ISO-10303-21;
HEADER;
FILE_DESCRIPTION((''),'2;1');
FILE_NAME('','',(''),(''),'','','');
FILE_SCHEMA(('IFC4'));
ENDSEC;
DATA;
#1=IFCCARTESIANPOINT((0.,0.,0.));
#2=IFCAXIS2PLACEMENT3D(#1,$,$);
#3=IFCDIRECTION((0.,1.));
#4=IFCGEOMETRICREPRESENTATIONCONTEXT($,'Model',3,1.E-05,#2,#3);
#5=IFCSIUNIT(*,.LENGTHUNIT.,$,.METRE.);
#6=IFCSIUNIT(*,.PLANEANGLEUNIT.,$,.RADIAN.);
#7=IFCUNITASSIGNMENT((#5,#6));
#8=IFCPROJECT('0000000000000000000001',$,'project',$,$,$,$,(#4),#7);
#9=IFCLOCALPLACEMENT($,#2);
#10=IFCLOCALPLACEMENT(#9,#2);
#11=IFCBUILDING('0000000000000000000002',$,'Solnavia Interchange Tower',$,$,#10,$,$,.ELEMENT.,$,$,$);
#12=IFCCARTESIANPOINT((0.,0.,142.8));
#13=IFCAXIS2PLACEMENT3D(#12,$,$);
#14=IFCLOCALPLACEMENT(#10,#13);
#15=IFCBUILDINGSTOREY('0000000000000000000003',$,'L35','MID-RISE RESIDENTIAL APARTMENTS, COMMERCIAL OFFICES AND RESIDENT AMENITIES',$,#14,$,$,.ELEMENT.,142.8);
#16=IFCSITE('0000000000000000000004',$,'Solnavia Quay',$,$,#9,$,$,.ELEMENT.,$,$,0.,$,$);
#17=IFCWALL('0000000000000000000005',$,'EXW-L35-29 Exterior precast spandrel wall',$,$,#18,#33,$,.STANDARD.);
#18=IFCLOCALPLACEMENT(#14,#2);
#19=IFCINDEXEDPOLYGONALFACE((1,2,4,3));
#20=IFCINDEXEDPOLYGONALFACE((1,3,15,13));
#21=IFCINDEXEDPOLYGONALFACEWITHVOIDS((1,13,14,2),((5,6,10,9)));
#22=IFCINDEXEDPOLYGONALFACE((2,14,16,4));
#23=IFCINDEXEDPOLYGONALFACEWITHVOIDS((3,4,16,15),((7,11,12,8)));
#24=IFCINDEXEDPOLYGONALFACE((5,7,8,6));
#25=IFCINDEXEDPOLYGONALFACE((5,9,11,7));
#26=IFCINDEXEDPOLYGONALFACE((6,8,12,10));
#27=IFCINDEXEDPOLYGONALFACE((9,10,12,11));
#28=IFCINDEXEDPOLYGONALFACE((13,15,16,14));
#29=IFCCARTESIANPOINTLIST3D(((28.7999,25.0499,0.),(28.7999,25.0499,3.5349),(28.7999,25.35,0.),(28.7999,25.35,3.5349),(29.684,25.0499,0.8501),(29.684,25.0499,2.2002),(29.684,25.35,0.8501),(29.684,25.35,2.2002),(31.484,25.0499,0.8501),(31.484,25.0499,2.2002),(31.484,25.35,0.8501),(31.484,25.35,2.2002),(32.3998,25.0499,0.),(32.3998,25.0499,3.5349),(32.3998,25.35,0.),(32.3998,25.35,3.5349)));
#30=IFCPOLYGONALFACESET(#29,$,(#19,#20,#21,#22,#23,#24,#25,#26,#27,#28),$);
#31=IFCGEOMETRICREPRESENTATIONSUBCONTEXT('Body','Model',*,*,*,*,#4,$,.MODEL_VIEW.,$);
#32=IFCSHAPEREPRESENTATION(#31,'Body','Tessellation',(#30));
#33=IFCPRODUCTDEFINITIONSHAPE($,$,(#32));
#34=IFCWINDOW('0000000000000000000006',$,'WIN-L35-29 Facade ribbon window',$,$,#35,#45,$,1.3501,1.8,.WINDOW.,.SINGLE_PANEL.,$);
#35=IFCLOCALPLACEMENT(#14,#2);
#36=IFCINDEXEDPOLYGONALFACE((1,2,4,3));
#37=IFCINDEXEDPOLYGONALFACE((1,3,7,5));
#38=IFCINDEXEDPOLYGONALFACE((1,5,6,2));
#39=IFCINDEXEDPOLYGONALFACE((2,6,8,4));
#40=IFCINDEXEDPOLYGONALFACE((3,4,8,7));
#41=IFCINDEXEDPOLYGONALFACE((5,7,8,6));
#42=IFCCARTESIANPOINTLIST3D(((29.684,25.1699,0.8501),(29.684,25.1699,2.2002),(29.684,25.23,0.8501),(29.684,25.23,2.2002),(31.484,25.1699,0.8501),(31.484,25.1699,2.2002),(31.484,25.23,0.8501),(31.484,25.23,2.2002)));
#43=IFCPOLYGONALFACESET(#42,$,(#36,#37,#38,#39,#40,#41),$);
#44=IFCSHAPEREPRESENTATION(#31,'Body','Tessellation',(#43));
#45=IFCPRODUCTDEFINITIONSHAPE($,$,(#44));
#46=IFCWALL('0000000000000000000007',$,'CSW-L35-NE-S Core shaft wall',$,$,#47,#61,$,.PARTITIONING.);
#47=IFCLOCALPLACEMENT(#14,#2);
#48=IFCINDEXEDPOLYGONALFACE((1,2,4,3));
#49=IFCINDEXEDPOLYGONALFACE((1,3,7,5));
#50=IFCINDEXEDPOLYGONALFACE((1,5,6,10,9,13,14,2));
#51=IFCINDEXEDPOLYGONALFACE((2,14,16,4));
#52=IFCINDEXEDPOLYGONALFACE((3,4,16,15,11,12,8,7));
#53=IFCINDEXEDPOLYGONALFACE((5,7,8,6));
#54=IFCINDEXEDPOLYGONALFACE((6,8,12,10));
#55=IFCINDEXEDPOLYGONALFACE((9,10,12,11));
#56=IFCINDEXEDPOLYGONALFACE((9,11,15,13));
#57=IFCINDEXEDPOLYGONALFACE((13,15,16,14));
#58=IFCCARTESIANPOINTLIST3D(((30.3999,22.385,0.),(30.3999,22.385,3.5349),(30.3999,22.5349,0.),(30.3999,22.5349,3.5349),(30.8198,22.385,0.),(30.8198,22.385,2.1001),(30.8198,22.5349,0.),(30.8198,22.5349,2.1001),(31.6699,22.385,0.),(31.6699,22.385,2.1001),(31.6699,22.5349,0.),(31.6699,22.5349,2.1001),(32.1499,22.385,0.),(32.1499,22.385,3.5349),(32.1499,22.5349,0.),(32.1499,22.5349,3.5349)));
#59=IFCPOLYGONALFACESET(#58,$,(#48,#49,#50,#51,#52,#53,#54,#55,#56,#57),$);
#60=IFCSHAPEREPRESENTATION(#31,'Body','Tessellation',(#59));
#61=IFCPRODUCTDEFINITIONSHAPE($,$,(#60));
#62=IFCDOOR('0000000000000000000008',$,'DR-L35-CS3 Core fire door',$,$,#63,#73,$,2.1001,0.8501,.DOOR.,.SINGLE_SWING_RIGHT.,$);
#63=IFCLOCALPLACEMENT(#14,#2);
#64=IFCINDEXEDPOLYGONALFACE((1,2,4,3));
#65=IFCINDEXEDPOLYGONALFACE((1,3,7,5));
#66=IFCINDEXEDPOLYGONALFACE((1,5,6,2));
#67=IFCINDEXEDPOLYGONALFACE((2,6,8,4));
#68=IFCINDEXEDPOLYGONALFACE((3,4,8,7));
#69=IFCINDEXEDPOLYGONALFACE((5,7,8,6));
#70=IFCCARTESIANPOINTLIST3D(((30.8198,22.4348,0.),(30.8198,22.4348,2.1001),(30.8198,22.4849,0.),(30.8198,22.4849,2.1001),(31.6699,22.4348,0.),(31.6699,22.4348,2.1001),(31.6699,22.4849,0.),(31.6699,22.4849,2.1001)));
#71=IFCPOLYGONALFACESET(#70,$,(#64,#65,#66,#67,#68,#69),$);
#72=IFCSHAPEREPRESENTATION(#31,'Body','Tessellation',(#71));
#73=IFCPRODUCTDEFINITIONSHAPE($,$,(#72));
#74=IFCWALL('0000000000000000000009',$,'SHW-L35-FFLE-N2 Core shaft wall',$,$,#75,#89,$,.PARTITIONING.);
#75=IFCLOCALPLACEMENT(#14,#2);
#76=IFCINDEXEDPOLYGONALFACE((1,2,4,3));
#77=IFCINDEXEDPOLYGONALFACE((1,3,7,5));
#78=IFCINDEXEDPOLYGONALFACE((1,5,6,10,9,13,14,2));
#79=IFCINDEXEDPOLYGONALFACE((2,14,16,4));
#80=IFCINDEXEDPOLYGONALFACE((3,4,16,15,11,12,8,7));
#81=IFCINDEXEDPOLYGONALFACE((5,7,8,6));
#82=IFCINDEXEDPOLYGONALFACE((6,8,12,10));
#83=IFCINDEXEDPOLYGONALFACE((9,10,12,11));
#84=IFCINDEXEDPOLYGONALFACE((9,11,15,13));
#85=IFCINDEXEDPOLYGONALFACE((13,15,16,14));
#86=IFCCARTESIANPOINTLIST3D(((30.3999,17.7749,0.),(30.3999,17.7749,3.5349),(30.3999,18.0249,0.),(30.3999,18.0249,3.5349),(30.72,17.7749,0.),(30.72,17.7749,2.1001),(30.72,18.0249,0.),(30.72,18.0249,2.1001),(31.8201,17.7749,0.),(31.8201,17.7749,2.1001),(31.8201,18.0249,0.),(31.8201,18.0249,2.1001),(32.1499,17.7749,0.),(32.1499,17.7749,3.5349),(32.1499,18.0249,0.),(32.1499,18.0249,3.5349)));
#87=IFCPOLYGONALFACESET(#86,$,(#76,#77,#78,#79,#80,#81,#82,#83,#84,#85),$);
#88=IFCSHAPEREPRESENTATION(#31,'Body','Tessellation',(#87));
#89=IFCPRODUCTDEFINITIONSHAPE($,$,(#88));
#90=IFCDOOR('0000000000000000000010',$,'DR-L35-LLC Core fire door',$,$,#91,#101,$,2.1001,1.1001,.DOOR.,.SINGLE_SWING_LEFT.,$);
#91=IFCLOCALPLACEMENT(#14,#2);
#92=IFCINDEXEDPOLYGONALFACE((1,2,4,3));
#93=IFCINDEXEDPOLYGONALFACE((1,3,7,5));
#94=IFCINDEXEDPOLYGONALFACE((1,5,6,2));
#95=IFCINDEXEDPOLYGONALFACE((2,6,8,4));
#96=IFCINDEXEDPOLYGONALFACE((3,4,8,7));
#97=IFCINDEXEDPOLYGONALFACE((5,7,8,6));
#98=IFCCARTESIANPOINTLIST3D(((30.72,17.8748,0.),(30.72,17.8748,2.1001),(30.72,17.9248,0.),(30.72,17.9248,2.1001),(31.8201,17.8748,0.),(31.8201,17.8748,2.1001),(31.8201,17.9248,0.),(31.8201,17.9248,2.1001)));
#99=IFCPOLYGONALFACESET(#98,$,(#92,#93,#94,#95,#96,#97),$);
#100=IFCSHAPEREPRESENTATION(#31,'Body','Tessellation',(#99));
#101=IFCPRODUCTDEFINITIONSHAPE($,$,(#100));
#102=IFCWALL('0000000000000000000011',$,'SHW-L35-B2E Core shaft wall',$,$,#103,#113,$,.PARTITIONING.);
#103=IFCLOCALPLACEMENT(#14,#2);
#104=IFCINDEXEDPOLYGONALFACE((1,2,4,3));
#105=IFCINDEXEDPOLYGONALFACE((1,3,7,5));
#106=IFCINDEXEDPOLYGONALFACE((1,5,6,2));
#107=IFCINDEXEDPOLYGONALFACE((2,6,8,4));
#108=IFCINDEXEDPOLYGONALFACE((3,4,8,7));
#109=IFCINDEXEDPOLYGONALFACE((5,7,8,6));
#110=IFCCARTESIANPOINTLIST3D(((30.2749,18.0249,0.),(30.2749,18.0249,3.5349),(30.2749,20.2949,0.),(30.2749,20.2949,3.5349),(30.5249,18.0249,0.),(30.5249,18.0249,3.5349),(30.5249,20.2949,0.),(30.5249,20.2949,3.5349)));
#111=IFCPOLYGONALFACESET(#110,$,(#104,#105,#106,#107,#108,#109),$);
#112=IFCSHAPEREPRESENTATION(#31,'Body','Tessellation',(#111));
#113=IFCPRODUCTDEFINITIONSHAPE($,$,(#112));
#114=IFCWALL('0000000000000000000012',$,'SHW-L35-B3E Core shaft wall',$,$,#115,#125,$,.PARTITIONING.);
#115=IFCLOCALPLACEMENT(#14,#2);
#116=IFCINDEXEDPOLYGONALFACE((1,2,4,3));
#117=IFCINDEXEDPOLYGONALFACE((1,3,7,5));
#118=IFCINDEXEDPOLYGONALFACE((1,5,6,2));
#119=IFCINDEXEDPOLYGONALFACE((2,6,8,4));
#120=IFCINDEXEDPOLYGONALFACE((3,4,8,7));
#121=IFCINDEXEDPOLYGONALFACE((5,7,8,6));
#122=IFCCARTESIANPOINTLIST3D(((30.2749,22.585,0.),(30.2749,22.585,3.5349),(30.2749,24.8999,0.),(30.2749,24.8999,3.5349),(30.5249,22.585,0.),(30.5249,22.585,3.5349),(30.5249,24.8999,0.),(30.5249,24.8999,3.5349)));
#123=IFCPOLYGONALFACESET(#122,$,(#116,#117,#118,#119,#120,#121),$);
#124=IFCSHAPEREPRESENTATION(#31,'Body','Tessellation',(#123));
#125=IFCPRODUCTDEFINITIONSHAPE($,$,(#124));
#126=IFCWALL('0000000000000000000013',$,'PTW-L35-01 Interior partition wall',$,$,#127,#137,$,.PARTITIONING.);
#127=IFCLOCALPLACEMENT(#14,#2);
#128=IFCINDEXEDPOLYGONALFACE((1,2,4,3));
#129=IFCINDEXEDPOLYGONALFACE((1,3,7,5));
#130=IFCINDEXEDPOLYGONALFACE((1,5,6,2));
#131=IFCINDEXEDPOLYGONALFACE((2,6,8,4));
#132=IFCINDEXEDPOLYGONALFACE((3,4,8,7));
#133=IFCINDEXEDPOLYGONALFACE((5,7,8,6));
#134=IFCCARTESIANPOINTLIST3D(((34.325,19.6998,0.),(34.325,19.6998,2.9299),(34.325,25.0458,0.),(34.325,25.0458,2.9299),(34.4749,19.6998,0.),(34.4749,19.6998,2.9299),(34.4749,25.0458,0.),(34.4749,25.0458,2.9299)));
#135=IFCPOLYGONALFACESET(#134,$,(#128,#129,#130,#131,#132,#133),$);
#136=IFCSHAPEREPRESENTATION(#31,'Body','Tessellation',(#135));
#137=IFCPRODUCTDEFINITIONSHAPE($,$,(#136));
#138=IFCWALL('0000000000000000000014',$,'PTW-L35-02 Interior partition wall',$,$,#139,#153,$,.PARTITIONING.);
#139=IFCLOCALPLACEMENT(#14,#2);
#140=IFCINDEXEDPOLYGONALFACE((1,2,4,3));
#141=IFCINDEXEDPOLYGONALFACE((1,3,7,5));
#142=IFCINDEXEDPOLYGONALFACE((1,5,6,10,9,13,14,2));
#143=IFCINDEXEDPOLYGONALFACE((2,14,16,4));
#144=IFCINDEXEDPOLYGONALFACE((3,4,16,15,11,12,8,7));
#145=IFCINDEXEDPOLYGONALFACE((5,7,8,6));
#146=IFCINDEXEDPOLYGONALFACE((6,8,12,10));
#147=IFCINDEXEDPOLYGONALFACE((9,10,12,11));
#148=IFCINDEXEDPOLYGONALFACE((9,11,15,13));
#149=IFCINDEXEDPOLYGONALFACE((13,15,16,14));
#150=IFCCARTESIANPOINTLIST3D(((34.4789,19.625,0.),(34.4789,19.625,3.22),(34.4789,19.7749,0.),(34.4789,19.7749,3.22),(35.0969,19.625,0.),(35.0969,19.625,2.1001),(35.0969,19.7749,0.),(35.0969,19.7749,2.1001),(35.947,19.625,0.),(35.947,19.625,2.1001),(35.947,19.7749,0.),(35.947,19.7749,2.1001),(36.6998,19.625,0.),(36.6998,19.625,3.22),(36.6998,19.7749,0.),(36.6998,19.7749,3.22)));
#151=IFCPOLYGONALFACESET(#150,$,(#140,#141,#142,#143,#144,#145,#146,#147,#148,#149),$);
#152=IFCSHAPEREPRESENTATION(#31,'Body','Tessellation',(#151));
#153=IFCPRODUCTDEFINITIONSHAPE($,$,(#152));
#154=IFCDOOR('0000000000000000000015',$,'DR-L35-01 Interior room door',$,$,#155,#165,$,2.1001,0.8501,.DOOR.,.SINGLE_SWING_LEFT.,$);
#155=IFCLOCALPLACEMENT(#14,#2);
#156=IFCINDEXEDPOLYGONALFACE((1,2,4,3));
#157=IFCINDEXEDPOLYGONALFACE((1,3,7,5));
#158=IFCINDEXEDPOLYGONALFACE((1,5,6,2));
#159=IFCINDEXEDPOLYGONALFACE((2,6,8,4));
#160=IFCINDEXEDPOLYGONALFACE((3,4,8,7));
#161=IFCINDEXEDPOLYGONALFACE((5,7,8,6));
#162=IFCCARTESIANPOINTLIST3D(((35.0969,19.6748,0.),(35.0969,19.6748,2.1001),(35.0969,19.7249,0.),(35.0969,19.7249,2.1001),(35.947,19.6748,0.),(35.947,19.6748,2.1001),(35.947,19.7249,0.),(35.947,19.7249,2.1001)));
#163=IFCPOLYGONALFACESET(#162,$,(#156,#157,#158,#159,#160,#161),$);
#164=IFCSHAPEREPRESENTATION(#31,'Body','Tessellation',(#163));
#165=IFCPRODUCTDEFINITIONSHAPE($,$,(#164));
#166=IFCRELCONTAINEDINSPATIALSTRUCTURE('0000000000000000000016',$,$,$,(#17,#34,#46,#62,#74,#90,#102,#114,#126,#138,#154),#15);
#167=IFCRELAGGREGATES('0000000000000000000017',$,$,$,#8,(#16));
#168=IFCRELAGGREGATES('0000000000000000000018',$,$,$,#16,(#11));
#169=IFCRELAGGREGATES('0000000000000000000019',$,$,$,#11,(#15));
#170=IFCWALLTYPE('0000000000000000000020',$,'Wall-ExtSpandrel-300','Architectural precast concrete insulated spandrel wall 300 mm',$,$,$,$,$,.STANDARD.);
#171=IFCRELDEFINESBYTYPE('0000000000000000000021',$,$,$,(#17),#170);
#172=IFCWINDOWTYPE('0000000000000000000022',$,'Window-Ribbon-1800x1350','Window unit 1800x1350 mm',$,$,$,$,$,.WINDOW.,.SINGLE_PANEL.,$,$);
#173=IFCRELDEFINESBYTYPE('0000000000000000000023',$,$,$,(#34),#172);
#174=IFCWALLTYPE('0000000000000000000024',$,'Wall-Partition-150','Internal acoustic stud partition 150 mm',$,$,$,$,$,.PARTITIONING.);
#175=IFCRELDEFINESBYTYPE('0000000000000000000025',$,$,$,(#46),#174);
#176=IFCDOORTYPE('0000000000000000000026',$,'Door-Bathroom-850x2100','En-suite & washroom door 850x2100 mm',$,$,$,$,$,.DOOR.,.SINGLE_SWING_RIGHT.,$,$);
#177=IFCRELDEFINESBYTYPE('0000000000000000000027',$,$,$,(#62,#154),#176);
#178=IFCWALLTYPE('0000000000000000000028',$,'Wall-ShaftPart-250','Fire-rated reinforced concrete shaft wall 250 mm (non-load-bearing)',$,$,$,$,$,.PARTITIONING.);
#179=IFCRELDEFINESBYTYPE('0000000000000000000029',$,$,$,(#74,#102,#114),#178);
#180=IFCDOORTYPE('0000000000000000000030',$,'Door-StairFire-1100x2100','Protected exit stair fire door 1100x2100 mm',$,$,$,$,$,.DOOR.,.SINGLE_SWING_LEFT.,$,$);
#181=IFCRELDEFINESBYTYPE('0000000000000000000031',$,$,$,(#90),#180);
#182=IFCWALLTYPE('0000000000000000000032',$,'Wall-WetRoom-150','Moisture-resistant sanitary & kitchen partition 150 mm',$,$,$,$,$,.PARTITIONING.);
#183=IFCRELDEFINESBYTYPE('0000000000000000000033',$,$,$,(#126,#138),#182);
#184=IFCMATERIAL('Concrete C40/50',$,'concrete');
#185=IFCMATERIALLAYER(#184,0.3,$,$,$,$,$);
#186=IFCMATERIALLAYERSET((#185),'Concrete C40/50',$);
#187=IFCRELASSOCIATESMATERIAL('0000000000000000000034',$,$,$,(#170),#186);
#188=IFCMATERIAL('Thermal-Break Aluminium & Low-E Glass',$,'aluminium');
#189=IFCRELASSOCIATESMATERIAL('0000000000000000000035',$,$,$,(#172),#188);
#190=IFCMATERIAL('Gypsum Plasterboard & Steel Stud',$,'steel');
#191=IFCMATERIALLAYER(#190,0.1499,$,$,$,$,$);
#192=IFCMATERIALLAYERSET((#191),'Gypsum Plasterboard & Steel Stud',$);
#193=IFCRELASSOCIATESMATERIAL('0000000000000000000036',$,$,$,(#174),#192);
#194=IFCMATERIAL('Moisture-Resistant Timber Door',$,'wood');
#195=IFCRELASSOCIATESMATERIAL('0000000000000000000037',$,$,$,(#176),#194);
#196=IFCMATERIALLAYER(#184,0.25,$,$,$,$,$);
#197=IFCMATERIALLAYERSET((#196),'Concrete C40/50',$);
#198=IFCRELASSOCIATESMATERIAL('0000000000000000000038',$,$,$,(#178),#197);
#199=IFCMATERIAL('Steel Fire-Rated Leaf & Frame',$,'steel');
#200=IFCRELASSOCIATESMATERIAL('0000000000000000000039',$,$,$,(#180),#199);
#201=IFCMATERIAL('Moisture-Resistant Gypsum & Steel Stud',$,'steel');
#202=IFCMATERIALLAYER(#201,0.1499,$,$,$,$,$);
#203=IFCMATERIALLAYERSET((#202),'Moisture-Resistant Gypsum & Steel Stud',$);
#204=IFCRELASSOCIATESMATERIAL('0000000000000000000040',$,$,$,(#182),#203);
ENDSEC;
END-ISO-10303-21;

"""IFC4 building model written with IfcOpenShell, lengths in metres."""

from ifc_helpers import new_model, si_unit, direction, frame, frame_2d, origin, place, context, subcontext, project, spatial, rectangle, extrude, material, layer, layer_set, type_object, element, fill, save


model = new_model("IFC4")

# Units and contexts
model_context = context("Model", 3, precision=1e-05, world=origin(), true_north=direction((0.0, 1.0)))
body_context = subcontext(model_context, "Body", "Model", "MODEL_VIEW")
ifc_project = project(units=[si_unit("LENGTHUNIT", "METRE"), si_unit("PLANEANGLEUNIT", "RADIAN")], contexts=[model_context])

# Site, building, storey
site_placement = place(None, origin())
site = spatial("IfcSite", under=ifc_project, at=site_placement, Name="Solnavia Quay", CompositionType="ELEMENT", RefElevation=0.0)
building_placement = place(site_placement, origin())
building = spatial("IfcBuilding", under=site, at=building_placement, Name="Solnavia Interchange Tower", CompositionType="ELEMENT")
storey_placement = place(building_placement, frame((0.0, 0.0, 142.8)))
storey = spatial("IfcBuildingStorey", under=building, at=storey_placement, Name="L35", Description="MID-RISE RESIDENTIAL APARTMENTS, COMMERCIAL OFFICES AND RESIDENT AMENITIES", CompositionType="ELEMENT", Elevation=142.8)

# Shared definitions
ifc_material_1 = material(Name="Concrete C40/50", Category="concrete")
ifc_layer_1 = layer(ifc_material_1, 0.3)
ifc_layer_set_1 = layer_set([ifc_layer_1], Name="Concrete C40/50")
wall_type_1 = type_object("IfcWallType", Name="Wall-ExtSpandrel-300", Description="Architectural precast concrete insulated spandrel wall 300 mm", PredefinedType="STANDARD", material=ifc_layer_set_1)
ifc_material_2 = material(Name="Thermal-Break Aluminium & Low-E Glass", Category="aluminium")
window_type = type_object("IfcWindowType", Name="Window-Ribbon-1800x1350", Description="Window unit 1800x1350 mm", PartitioningType="SINGLE_PANEL", PredefinedType="WINDOW", material=ifc_material_2)

# Wall, opening, window
wall_1_placement = place(storey_placement, frame((28.8, 25.2, 0.0), z_axis=(0.0, 0.0, 1.0), x_axis=(1.0, 0.0, 0.0)))
wall_1 = element("IfcWall", 1, at=wall_1_placement, inside=storey, type_object=wall_type_1, Name="EXW-L35-29 Exterior precast spandrel wall", PredefinedType="STANDARD", context=body_context, shape_type="SweptSolid", body=[
    extrude(rectangle(XDim=3.5999, YDim=0.3, at=frame_2d((1.7998, 0.0))), origin(), (0.0, 0.0, 1.0), 3.5349),
])
opening_1_placement = place(wall_1_placement, frame((0.884, 0.0, 0.8501)))
opening_1 = element("IfcOpeningElement", 2, at=opening_1_placement, cuts=wall_1, PredefinedType="OPENING", context=body_context, shape_type="SweptSolid", body=[
    extrude(rectangle(XDim=1.8, YDim=1.3501, at=frame_2d((0.8999, 0.675))), frame((0.0, 0.1602, 0.0), z_axis=(0.0, -1.0, 0.0), x_axis=(1.0, 0.0, 0.0)), (0.0, 0.0, 1.0), 0.3201),
])
window_1_placement = place(opening_1_placement, origin())
window_1 = element("IfcWindow", 3, at=window_1_placement, inside=storey, type_object=window_type, Name="WIN-L35-29 Facade ribbon window", OverallHeight=1.3501, OverallWidth=1.8, PartitioningType="SINGLE_PANEL", PredefinedType="WINDOW", context=body_context, shape_type="SweptSolid", body=[
    extrude(rectangle(XDim=1.8, YDim=1.3501, at=frame_2d((0.8999, 0.675))), frame((0.0, 0.03, 0.0), z_axis=(0.0, -1.0, 0.0), x_axis=(1.0, 0.0, 0.0)), (0.0, 0.0, 1.0), 0.0601),
])
fill(opening_1, window_1)

# Walls, openings, doors
ifc_material_3 = material(Name="Gypsum Plasterboard & Steel Stud", Category="steel")
ifc_layer_2 = layer(ifc_material_3, 0.1499)
ifc_layer_set_2 = layer_set([ifc_layer_2], Name="Gypsum Plasterboard & Steel Stud")
wall_type_2 = type_object("IfcWallType", Name="Wall-Partition-150", Description="Internal acoustic stud partition 150 mm", PredefinedType="PARTITIONING", material=ifc_layer_set_2)
wall_2_placement = place(storey_placement, frame((30.3999, 22.46, 0.0), z_axis=(0.0, 0.0, 1.0), x_axis=(1.0, 0.0, 0.0)))
wall_2 = element("IfcWall", 4, at=wall_2_placement, inside=storey, type_object=wall_type_2, Name="CSW-L35-NE-S Core shaft wall", PredefinedType="PARTITIONING", context=body_context, shape_type="SweptSolid", body=[
    extrude(rectangle(XDim=1.75, YDim=0.1499, at=frame_2d((0.875, 0.0))), origin(), (0.0, 0.0, 1.0), 3.5349),
])
opening_2_placement = place(wall_2_placement, frame((0.4199, 0.0, 0.0)))
opening_2 = element("IfcOpeningElement", 5, at=opening_2_placement, cuts=wall_2, PredefinedType="OPENING", context=body_context, shape_type="SweptSolid", body=[
    extrude(rectangle(XDim=0.8501, YDim=2.1001, at=frame_2d((0.425, 1.05))), frame((0.0, 0.085, 0.0), z_axis=(0.0, -1.0, 0.0), x_axis=(1.0, 0.0, 0.0)), (0.0, 0.0, 1.0), 0.1699),
])
ifc_material_4 = material(Name="Moisture-Resistant Timber Door", Category="wood")
door_type_1 = type_object("IfcDoorType", Name="Door-Bathroom-850x2100", Description="En-suite & washroom door 850x2100 mm", OperationType="SINGLE_SWING_RIGHT", PredefinedType="DOOR", material=ifc_material_4)
door_1_placement = place(opening_2_placement, origin())
door_1 = element("IfcDoor", 6, at=door_1_placement, inside=storey, type_object=door_type_1, Name="DR-L35-CS3 Core fire door", OperationType="SINGLE_SWING_RIGHT", OverallHeight=2.1001, OverallWidth=0.8501, PredefinedType="DOOR", context=body_context, shape_type="SweptSolid", body=[
    extrude(rectangle(XDim=0.8501, YDim=2.1001, at=frame_2d((0.425, 1.05))), frame((0.0, 0.0249, 0.0), z_axis=(0.0, -1.0, 0.0), x_axis=(1.0, 0.0, 0.0)), (0.0, 0.0, 1.0), 0.05),
])
fill(opening_2, door_1)
ifc_layer_3 = layer(ifc_material_1, 0.25)
ifc_layer_set_3 = layer_set([ifc_layer_3], Name="Concrete C40/50")
wall_type_3 = type_object("IfcWallType", Name="Wall-ShaftPart-250", Description="Fire-rated reinforced concrete shaft wall 250 mm (non-load-bearing)", PredefinedType="PARTITIONING", material=ifc_layer_set_3)
wall_3_placement = place(storey_placement, frame((30.3999, 17.8999, 0.0), z_axis=(0.0, 0.0, 1.0), x_axis=(1.0, 0.0, 0.0)))
wall_3 = element("IfcWall", 7, at=wall_3_placement, inside=storey, type_object=wall_type_3, Name="SHW-L35-FFLE-N2 Core shaft wall", PredefinedType="PARTITIONING", context=body_context, shape_type="SweptSolid", body=[
    extrude(rectangle(XDim=1.75, YDim=0.25, at=frame_2d((0.875, 0.0))), origin(), (0.0, 0.0, 1.0), 3.5349),
])
opening_3_placement = place(wall_3_placement, frame((0.3201, 0.0, 0.0)))
opening_3 = element("IfcOpeningElement", 8, at=opening_3_placement, cuts=wall_3, PredefinedType="OPENING", context=body_context, shape_type="SweptSolid", body=[
    extrude(rectangle(XDim=1.1001, YDim=2.1001, at=frame_2d((0.55, 1.05))), frame((0.0, 0.135, 0.0), z_axis=(0.0, -1.0, 0.0), x_axis=(1.0, 0.0, 0.0)), (0.0, 0.0, 1.0), 0.27),
])
ifc_material_5 = material(Name="Steel Fire-Rated Leaf & Frame", Category="steel")
door_type_2 = type_object("IfcDoorType", Name="Door-StairFire-1100x2100", Description="Protected exit stair fire door 1100x2100 mm", OperationType="SINGLE_SWING_LEFT", PredefinedType="DOOR", material=ifc_material_5)
door_2_placement = place(opening_3_placement, origin())
door_2 = element("IfcDoor", 9, at=door_2_placement, inside=storey, type_object=door_type_2, Name="DR-L35-LLC Core fire door", OperationType="SINGLE_SWING_LEFT", OverallHeight=2.1001, OverallWidth=1.1001, PredefinedType="DOOR", context=body_context, shape_type="SweptSolid", body=[
    extrude(rectangle(XDim=1.1001, YDim=2.1001, at=frame_2d((0.55, 1.05))), frame((0.0, 0.0249, 0.0), z_axis=(0.0, -1.0, 0.0), x_axis=(1.0, 0.0, 0.0)), (0.0, 0.0, 1.0), 0.05),
])
fill(opening_3, door_2)

# Walls
wall_4_placement = place(storey_placement, frame((30.3999, 18.0249, 0.0), z_axis=(0.0, 0.0, 1.0), x_axis=(0.0, 1.0, 0.0)))
element("IfcWall", 10, at=wall_4_placement, inside=storey, type_object=wall_type_3, Name="SHW-L35-B2E Core shaft wall", PredefinedType="PARTITIONING", context=body_context, shape_type="SweptSolid", body=[
    extrude(rectangle(XDim=2.27, YDim=0.25, at=frame_2d((1.135, 0.0))), origin(), (0.0, 0.0, 1.0), 3.5349),
])
wall_5_placement = place(storey_placement, frame((30.3999, 22.585, 0.0), z_axis=(0.0, 0.0, 1.0), x_axis=(0.0, 1.0, 0.0)))
element("IfcWall", 11, at=wall_5_placement, inside=storey, type_object=wall_type_3, Name="SHW-L35-B3E Core shaft wall", PredefinedType="PARTITIONING", context=body_context, shape_type="SweptSolid", body=[
    extrude(rectangle(XDim=2.3149, YDim=0.25, at=frame_2d((1.1575, 0.0))), origin(), (0.0, 0.0, 1.0), 3.5349),
])
ifc_material_6 = material(Name="Moisture-Resistant Gypsum & Steel Stud", Category="steel")
ifc_layer_4 = layer(ifc_material_6, 0.1499)
ifc_layer_set_4 = layer_set([ifc_layer_4], Name="Moisture-Resistant Gypsum & Steel Stud")
wall_type_4 = type_object("IfcWallType", Name="Wall-WetRoom-150", Description="Moisture-resistant sanitary & kitchen partition 150 mm", PredefinedType="PARTITIONING", material=ifc_layer_set_4)
wall_6_placement = place(storey_placement, frame((34.3999, 19.7, 0.0), z_axis=(0.0, 0.0, 1.0), x_axis=(0.0, 1.0, 0.0)))
element("IfcWall", 12, at=wall_6_placement, inside=storey, type_object=wall_type_4, Name="PTW-L35-01 Interior partition wall", PredefinedType="PARTITIONING", context=body_context, shape_type="SweptSolid", body=[
    extrude(rectangle(XDim=5.3459, YDim=0.1499, at=frame_2d((2.6729, 0.0))), origin(), (0.0, 0.0, 1.0), 2.9299),
])

# Wall, opening, door
wall_7_placement = place(storey_placement, frame((34.479, 19.7, 0.0), z_axis=(0.0, 0.0, 1.0), x_axis=(1.0, 0.0, 0.0)))
wall_7 = element("IfcWall", 13, at=wall_7_placement, inside=storey, type_object=wall_type_4, Name="PTW-L35-02 Interior partition wall", PredefinedType="PARTITIONING", context=body_context, shape_type="SweptSolid", body=[
    extrude(rectangle(XDim=2.2209, YDim=0.1499, at=frame_2d((1.1104, 0.0))), origin(), (0.0, 0.0, 1.0), 3.22),
])
opening_4_placement = place(wall_7_placement, frame((0.6179, 0.0, 0.0)))
opening_4 = element("IfcOpeningElement", 14, at=opening_4_placement, cuts=wall_7, PredefinedType="OPENING", context=body_context, shape_type="SweptSolid", body=[
    extrude(rectangle(XDim=0.8501, YDim=2.1001, at=frame_2d((0.425, 1.05))), frame((0.0, 0.085, 0.0), z_axis=(0.0, -1.0, 0.0), x_axis=(1.0, 0.0, 0.0)), (0.0, 0.0, 1.0), 0.1699),
])
door_3_placement = place(opening_4_placement, origin())
door_3 = element("IfcDoor", 15, at=door_3_placement, inside=storey, type_object=door_type_1, Name="DR-L35-01 Interior room door", OperationType="SINGLE_SWING_LEFT", OverallHeight=2.1001, OverallWidth=0.8501, PredefinedType="DOOR", context=body_context, shape_type="SweptSolid", body=[
    extrude(rectangle(XDim=0.8501, YDim=2.1001, at=frame_2d((0.425, 1.05))), frame((0.0, 0.0249, 0.0), z_axis=(0.0, -1.0, 0.0), x_axis=(1.0, 0.0, 0.0)), (0.0, 0.0, 1.0), 0.05),
])
fill(opening_4, door_3)

save(model, "model.ifc")
